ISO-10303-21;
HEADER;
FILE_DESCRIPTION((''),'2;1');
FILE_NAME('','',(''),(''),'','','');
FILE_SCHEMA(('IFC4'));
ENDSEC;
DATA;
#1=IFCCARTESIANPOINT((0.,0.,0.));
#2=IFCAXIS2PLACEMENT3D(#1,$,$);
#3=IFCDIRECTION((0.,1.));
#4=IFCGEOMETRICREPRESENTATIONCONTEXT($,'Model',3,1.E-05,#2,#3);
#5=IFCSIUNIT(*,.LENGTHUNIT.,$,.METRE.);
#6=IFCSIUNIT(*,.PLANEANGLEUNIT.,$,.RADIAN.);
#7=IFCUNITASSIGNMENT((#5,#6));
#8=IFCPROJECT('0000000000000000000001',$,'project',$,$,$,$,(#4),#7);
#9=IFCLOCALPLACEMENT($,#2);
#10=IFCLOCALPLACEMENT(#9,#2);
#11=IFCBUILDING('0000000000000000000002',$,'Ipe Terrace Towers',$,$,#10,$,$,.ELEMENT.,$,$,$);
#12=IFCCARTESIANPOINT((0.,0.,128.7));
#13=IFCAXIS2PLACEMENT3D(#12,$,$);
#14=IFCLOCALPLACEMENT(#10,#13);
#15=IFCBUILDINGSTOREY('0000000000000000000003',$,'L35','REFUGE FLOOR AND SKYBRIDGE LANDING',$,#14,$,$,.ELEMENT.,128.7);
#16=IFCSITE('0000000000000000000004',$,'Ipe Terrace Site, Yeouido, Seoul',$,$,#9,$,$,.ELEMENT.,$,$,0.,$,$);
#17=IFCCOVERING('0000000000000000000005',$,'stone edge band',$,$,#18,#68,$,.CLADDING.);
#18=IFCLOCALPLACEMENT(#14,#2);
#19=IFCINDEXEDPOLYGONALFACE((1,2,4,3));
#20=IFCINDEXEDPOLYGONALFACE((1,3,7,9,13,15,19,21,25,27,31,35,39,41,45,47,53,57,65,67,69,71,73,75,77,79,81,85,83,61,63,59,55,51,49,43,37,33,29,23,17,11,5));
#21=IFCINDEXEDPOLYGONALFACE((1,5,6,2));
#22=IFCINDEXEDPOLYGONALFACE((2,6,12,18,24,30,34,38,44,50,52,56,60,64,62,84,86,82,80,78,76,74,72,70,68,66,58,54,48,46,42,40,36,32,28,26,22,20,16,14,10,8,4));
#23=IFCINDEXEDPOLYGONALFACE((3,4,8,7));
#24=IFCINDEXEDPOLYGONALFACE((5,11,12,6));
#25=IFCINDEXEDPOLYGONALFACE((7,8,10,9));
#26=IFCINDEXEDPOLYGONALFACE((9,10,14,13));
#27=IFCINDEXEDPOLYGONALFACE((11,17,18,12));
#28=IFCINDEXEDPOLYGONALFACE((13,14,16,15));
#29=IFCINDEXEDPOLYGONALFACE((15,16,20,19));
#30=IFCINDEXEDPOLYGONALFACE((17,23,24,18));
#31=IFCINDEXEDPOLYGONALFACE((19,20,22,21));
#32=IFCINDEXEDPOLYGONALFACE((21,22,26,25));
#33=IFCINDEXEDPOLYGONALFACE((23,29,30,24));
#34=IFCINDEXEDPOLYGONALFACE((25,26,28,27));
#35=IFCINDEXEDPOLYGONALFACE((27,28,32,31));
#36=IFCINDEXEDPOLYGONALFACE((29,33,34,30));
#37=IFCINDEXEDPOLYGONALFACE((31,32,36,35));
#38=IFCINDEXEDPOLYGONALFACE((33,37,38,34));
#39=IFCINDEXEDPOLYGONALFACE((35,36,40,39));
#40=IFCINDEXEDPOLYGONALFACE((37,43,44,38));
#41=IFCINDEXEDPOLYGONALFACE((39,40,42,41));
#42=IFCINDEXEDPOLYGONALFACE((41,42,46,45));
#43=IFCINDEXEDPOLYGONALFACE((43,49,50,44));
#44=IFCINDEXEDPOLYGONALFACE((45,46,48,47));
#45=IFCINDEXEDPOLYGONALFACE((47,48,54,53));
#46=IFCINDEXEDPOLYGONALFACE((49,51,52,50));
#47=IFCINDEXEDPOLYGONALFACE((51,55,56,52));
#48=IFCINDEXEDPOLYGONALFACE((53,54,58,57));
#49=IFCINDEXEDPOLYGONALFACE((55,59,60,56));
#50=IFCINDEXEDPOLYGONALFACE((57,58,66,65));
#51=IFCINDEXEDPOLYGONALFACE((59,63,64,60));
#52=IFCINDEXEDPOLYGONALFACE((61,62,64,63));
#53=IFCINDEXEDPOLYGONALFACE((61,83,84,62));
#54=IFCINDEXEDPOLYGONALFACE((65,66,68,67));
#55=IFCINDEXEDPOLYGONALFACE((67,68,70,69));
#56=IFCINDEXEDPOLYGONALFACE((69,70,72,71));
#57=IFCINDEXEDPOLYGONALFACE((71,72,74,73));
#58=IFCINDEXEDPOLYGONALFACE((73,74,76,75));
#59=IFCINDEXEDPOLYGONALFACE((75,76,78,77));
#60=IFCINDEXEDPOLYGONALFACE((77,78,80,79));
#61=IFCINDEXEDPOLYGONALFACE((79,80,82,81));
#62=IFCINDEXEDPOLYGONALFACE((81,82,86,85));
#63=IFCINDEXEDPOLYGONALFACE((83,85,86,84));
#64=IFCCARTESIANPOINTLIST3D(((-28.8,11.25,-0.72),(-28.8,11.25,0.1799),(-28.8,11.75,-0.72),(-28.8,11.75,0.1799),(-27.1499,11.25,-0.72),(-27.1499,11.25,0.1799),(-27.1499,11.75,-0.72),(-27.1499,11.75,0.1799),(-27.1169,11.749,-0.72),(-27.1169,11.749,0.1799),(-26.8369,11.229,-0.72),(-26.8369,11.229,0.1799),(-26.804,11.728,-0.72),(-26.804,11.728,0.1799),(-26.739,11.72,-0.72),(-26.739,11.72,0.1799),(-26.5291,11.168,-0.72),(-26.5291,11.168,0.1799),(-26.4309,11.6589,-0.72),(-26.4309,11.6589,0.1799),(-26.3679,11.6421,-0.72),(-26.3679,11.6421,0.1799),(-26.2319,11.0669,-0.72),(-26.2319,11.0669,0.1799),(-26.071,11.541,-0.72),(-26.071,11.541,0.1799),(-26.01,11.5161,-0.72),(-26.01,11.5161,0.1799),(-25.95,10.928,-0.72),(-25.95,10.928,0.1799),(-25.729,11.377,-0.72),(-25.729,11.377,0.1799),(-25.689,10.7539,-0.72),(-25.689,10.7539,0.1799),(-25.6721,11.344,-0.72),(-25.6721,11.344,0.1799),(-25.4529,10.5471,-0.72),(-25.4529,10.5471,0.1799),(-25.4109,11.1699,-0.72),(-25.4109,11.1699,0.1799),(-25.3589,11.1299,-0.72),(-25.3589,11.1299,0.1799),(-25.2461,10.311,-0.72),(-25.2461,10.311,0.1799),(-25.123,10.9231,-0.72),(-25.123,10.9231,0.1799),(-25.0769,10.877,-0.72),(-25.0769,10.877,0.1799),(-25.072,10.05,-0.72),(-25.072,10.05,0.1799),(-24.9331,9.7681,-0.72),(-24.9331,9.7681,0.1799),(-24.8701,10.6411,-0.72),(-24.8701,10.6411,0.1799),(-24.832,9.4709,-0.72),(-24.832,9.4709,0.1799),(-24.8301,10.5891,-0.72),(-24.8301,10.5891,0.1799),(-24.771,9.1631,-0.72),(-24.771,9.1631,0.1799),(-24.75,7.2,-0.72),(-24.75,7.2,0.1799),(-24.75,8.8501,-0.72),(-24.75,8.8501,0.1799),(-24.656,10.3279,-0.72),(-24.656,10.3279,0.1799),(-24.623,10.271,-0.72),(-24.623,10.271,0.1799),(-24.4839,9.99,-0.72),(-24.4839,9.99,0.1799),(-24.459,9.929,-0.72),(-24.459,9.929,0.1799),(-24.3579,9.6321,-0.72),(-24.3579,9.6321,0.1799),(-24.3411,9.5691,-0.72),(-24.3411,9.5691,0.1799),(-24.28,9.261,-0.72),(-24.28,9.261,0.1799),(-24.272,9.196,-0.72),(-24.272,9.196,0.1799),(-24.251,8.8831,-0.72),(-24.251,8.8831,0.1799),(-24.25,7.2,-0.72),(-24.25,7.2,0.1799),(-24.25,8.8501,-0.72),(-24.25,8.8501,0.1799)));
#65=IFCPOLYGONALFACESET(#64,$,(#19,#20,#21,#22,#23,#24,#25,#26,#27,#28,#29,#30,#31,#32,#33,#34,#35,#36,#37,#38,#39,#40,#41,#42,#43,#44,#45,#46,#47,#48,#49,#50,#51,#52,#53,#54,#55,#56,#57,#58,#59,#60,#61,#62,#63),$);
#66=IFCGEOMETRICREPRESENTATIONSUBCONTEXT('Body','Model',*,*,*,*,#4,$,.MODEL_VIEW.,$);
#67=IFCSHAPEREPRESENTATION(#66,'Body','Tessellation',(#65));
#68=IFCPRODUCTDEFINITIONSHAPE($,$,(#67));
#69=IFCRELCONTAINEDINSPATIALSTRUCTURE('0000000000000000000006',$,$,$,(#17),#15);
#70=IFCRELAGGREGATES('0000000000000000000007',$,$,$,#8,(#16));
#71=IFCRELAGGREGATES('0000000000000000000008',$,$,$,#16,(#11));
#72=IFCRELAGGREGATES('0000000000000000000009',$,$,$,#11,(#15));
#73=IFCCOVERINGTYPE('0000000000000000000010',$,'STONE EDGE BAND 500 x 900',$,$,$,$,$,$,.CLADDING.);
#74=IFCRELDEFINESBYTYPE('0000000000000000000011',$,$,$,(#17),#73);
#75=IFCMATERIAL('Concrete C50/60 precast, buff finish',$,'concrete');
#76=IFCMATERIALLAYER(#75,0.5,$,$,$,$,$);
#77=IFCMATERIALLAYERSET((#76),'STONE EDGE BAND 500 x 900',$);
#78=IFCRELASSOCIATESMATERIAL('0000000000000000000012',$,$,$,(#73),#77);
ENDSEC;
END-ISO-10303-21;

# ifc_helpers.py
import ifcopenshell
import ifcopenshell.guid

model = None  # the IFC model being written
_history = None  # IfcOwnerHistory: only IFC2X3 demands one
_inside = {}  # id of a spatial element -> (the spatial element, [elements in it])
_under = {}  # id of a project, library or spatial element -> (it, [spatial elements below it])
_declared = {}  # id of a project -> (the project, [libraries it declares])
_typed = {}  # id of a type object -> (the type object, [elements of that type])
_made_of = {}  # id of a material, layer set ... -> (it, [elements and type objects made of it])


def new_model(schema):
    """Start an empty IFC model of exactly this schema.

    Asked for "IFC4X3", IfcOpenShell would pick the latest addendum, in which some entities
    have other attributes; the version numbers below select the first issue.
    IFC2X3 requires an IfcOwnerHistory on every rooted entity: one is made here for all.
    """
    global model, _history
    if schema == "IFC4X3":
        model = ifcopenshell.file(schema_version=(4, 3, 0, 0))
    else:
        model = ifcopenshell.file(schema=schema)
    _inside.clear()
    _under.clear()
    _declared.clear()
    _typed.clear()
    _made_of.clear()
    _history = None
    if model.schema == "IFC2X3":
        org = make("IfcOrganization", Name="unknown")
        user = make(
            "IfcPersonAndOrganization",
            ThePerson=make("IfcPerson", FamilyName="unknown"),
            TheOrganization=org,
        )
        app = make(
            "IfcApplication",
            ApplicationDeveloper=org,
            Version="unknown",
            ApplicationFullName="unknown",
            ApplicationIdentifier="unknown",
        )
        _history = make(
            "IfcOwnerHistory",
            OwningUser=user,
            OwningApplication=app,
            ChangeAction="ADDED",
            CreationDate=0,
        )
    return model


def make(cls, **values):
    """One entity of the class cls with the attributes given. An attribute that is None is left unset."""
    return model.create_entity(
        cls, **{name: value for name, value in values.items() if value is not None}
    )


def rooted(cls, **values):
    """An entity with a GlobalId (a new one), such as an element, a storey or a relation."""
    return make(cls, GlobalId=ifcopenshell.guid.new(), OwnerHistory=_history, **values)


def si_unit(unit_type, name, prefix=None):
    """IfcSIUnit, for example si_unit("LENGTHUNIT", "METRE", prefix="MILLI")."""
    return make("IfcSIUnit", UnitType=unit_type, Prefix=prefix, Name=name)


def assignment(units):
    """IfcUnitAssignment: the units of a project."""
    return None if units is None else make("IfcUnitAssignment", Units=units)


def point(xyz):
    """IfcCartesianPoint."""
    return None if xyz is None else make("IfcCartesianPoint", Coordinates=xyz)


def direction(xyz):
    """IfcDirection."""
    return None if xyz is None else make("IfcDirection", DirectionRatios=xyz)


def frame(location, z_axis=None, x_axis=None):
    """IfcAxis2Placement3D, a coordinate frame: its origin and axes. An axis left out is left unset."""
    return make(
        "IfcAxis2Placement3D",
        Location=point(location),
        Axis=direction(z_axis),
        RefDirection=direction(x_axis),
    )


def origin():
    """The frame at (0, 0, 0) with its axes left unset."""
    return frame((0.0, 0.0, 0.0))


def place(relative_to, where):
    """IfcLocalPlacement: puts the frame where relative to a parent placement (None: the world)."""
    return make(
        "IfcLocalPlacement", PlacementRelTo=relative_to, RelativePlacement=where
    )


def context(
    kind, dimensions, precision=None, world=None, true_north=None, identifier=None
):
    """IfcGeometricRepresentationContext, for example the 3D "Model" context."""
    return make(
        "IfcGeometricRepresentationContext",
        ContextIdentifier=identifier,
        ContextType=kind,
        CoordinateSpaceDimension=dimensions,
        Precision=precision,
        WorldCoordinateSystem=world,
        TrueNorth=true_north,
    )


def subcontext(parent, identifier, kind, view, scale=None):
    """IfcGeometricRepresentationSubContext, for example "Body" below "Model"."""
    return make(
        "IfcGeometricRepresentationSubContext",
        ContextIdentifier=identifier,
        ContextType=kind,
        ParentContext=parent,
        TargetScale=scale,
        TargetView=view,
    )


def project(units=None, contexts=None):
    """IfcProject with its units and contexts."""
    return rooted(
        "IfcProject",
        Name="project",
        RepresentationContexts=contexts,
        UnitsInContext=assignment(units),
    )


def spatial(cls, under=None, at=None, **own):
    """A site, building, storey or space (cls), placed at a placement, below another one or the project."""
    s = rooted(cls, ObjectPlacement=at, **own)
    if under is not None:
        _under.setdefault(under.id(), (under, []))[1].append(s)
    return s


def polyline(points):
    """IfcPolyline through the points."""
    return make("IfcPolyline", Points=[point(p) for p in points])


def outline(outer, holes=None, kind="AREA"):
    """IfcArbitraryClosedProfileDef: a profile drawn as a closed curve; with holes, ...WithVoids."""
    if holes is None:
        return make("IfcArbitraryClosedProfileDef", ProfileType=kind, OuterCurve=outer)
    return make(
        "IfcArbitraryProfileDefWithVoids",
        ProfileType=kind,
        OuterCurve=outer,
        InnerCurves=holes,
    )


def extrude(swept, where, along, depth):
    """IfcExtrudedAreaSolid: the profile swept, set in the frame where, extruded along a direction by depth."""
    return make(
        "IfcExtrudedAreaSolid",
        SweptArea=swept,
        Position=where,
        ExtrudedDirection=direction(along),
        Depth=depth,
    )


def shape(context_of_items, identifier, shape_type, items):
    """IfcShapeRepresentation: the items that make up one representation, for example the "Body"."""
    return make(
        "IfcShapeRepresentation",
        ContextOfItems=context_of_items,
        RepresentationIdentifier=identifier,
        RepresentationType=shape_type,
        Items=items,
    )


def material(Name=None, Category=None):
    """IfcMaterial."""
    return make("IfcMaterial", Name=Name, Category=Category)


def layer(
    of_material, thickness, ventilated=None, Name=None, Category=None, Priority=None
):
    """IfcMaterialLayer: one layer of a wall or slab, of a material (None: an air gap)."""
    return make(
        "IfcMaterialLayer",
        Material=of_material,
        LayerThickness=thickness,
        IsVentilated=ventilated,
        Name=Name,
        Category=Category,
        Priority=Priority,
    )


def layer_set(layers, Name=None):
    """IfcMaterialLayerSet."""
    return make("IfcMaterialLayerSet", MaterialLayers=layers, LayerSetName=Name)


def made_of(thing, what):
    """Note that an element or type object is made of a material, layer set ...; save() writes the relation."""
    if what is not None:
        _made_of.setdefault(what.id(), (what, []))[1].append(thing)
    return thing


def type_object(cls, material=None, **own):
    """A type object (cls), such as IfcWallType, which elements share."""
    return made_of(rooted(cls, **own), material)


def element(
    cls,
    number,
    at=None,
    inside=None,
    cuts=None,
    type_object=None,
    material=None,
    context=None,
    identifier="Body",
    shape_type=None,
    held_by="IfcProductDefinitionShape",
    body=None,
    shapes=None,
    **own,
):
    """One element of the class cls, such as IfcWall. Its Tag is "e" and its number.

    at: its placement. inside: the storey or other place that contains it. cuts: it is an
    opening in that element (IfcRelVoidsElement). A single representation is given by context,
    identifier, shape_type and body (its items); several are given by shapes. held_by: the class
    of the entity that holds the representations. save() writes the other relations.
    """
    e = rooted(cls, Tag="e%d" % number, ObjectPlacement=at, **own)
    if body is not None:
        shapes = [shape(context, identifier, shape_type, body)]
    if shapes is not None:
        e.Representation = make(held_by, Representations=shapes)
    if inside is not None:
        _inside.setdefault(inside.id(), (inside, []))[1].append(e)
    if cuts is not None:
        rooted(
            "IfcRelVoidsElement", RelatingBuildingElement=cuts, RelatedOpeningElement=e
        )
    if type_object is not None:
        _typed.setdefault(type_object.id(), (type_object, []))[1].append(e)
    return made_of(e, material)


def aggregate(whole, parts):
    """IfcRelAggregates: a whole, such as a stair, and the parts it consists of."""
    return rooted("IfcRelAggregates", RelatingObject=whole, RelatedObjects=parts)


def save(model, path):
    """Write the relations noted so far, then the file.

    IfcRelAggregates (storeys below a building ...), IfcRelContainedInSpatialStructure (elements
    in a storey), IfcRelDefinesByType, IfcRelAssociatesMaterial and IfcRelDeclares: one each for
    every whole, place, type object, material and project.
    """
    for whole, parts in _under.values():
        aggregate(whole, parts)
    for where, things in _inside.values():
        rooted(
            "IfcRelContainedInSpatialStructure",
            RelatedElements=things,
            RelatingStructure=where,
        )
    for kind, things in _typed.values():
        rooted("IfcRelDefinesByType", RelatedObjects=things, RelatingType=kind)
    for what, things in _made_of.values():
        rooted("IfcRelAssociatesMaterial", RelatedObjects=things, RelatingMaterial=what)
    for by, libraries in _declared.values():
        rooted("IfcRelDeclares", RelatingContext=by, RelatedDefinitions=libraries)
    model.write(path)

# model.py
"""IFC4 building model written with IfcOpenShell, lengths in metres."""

from ifc_helpers import new_model, si_unit, direction, frame, origin, place, context, subcontext, project, spatial, polyline, outline, extrude, material, layer, layer_set, type_object, element, save


model = new_model("IFC4")

# Units and contexts
model_context = context("Model", 3, precision=1e-05, world=origin(), true_north=direction((0.0, 1.0)))
body_context = subcontext(model_context, "Body", "Model", "MODEL_VIEW")
ifc_project = project(units=[si_unit("LENGTHUNIT", "METRE"), si_unit("PLANEANGLEUNIT", "RADIAN")], contexts=[model_context])

# Site, building, storey
site_placement = place(None, origin())
site = spatial("IfcSite", under=ifc_project, at=site_placement, Name="Ipe Terrace Site, Yeouido, Seoul", CompositionType="ELEMENT", RefElevation=0.0)
building_placement = place(site_placement, origin())
building = spatial("IfcBuilding", under=site, at=building_placement, Name="Ipe Terrace Towers", CompositionType="ELEMENT")
storey_placement = place(building_placement, frame((0.0, 0.0, 128.7)))
storey = spatial("IfcBuildingStorey", under=building, at=storey_placement, Name="L35", Description="REFUGE FLOOR AND SKYBRIDGE LANDING", CompositionType="ELEMENT", Elevation=128.7)

# Covering
ifc_material_1 = material(Name="Concrete C50/60 precast, buff finish", Category="concrete")
ifc_layer_1 = layer(ifc_material_1, 0.5)
ifc_layer_set_1 = layer_set([ifc_layer_1], Name="STONE EDGE BAND 500 x 900")
covering_type = type_object("IfcCoveringType", Name="STONE EDGE BAND 500 x 900", PredefinedType="CLADDING", material=ifc_layer_set_1)
covering_1_placement = place(storey_placement, frame((0.0, 0.0, -0.72)))
element("IfcCovering", 1, at=covering_1_placement, inside=storey, type_object=covering_type, Name="stone edge band", PredefinedType="CLADDING", context=body_context, shape_type="SweptSolid", body=[
    extrude(outline(polyline([(-27.1499, 11.75), (-28.8, 11.75), (-28.8, 11.25), (-27.1499, 11.25), (-26.8369, 11.229), (-26.5291, 11.168), (-26.2319, 11.0669), (-25.95, 10.928), (-25.689, 10.7539), (-25.4529, 10.5471), (-25.2461, 10.311), (-25.072, 10.05), (-24.9331, 9.7681), (-24.832, 9.4709), (-24.771, 9.1631), (-24.75, 8.8501), (-24.75, 7.2), (-24.25, 7.2), (-24.25, 8.8501), (-24.251, 8.8831), (-24.272, 9.196), (-24.28, 9.261), (-24.3411, 9.5691), (-24.3579, 9.6321), (-24.459, 9.929), (-24.4839, 9.99), (-24.623, 10.271), (-24.656, 10.3279), (-24.8301, 10.5891), (-24.8701, 10.6411), (-25.0769, 10.877), (-25.123, 10.9231), (-25.3589, 11.1299), (-25.4109, 11.1699), (-25.6721, 11.344), (-25.729, 11.377), (-26.01, 11.5161), (-26.071, 11.541), (-26.3679, 11.6421), (-26.4309, 11.6589), (-26.739, 11.72), (-26.804, 11.728), (-27.1169, 11.749), (-27.1499, 11.75)])), origin(), (0.0, 0.0, 1.0), 0.8999),
])

save(model, "model.ifc")
